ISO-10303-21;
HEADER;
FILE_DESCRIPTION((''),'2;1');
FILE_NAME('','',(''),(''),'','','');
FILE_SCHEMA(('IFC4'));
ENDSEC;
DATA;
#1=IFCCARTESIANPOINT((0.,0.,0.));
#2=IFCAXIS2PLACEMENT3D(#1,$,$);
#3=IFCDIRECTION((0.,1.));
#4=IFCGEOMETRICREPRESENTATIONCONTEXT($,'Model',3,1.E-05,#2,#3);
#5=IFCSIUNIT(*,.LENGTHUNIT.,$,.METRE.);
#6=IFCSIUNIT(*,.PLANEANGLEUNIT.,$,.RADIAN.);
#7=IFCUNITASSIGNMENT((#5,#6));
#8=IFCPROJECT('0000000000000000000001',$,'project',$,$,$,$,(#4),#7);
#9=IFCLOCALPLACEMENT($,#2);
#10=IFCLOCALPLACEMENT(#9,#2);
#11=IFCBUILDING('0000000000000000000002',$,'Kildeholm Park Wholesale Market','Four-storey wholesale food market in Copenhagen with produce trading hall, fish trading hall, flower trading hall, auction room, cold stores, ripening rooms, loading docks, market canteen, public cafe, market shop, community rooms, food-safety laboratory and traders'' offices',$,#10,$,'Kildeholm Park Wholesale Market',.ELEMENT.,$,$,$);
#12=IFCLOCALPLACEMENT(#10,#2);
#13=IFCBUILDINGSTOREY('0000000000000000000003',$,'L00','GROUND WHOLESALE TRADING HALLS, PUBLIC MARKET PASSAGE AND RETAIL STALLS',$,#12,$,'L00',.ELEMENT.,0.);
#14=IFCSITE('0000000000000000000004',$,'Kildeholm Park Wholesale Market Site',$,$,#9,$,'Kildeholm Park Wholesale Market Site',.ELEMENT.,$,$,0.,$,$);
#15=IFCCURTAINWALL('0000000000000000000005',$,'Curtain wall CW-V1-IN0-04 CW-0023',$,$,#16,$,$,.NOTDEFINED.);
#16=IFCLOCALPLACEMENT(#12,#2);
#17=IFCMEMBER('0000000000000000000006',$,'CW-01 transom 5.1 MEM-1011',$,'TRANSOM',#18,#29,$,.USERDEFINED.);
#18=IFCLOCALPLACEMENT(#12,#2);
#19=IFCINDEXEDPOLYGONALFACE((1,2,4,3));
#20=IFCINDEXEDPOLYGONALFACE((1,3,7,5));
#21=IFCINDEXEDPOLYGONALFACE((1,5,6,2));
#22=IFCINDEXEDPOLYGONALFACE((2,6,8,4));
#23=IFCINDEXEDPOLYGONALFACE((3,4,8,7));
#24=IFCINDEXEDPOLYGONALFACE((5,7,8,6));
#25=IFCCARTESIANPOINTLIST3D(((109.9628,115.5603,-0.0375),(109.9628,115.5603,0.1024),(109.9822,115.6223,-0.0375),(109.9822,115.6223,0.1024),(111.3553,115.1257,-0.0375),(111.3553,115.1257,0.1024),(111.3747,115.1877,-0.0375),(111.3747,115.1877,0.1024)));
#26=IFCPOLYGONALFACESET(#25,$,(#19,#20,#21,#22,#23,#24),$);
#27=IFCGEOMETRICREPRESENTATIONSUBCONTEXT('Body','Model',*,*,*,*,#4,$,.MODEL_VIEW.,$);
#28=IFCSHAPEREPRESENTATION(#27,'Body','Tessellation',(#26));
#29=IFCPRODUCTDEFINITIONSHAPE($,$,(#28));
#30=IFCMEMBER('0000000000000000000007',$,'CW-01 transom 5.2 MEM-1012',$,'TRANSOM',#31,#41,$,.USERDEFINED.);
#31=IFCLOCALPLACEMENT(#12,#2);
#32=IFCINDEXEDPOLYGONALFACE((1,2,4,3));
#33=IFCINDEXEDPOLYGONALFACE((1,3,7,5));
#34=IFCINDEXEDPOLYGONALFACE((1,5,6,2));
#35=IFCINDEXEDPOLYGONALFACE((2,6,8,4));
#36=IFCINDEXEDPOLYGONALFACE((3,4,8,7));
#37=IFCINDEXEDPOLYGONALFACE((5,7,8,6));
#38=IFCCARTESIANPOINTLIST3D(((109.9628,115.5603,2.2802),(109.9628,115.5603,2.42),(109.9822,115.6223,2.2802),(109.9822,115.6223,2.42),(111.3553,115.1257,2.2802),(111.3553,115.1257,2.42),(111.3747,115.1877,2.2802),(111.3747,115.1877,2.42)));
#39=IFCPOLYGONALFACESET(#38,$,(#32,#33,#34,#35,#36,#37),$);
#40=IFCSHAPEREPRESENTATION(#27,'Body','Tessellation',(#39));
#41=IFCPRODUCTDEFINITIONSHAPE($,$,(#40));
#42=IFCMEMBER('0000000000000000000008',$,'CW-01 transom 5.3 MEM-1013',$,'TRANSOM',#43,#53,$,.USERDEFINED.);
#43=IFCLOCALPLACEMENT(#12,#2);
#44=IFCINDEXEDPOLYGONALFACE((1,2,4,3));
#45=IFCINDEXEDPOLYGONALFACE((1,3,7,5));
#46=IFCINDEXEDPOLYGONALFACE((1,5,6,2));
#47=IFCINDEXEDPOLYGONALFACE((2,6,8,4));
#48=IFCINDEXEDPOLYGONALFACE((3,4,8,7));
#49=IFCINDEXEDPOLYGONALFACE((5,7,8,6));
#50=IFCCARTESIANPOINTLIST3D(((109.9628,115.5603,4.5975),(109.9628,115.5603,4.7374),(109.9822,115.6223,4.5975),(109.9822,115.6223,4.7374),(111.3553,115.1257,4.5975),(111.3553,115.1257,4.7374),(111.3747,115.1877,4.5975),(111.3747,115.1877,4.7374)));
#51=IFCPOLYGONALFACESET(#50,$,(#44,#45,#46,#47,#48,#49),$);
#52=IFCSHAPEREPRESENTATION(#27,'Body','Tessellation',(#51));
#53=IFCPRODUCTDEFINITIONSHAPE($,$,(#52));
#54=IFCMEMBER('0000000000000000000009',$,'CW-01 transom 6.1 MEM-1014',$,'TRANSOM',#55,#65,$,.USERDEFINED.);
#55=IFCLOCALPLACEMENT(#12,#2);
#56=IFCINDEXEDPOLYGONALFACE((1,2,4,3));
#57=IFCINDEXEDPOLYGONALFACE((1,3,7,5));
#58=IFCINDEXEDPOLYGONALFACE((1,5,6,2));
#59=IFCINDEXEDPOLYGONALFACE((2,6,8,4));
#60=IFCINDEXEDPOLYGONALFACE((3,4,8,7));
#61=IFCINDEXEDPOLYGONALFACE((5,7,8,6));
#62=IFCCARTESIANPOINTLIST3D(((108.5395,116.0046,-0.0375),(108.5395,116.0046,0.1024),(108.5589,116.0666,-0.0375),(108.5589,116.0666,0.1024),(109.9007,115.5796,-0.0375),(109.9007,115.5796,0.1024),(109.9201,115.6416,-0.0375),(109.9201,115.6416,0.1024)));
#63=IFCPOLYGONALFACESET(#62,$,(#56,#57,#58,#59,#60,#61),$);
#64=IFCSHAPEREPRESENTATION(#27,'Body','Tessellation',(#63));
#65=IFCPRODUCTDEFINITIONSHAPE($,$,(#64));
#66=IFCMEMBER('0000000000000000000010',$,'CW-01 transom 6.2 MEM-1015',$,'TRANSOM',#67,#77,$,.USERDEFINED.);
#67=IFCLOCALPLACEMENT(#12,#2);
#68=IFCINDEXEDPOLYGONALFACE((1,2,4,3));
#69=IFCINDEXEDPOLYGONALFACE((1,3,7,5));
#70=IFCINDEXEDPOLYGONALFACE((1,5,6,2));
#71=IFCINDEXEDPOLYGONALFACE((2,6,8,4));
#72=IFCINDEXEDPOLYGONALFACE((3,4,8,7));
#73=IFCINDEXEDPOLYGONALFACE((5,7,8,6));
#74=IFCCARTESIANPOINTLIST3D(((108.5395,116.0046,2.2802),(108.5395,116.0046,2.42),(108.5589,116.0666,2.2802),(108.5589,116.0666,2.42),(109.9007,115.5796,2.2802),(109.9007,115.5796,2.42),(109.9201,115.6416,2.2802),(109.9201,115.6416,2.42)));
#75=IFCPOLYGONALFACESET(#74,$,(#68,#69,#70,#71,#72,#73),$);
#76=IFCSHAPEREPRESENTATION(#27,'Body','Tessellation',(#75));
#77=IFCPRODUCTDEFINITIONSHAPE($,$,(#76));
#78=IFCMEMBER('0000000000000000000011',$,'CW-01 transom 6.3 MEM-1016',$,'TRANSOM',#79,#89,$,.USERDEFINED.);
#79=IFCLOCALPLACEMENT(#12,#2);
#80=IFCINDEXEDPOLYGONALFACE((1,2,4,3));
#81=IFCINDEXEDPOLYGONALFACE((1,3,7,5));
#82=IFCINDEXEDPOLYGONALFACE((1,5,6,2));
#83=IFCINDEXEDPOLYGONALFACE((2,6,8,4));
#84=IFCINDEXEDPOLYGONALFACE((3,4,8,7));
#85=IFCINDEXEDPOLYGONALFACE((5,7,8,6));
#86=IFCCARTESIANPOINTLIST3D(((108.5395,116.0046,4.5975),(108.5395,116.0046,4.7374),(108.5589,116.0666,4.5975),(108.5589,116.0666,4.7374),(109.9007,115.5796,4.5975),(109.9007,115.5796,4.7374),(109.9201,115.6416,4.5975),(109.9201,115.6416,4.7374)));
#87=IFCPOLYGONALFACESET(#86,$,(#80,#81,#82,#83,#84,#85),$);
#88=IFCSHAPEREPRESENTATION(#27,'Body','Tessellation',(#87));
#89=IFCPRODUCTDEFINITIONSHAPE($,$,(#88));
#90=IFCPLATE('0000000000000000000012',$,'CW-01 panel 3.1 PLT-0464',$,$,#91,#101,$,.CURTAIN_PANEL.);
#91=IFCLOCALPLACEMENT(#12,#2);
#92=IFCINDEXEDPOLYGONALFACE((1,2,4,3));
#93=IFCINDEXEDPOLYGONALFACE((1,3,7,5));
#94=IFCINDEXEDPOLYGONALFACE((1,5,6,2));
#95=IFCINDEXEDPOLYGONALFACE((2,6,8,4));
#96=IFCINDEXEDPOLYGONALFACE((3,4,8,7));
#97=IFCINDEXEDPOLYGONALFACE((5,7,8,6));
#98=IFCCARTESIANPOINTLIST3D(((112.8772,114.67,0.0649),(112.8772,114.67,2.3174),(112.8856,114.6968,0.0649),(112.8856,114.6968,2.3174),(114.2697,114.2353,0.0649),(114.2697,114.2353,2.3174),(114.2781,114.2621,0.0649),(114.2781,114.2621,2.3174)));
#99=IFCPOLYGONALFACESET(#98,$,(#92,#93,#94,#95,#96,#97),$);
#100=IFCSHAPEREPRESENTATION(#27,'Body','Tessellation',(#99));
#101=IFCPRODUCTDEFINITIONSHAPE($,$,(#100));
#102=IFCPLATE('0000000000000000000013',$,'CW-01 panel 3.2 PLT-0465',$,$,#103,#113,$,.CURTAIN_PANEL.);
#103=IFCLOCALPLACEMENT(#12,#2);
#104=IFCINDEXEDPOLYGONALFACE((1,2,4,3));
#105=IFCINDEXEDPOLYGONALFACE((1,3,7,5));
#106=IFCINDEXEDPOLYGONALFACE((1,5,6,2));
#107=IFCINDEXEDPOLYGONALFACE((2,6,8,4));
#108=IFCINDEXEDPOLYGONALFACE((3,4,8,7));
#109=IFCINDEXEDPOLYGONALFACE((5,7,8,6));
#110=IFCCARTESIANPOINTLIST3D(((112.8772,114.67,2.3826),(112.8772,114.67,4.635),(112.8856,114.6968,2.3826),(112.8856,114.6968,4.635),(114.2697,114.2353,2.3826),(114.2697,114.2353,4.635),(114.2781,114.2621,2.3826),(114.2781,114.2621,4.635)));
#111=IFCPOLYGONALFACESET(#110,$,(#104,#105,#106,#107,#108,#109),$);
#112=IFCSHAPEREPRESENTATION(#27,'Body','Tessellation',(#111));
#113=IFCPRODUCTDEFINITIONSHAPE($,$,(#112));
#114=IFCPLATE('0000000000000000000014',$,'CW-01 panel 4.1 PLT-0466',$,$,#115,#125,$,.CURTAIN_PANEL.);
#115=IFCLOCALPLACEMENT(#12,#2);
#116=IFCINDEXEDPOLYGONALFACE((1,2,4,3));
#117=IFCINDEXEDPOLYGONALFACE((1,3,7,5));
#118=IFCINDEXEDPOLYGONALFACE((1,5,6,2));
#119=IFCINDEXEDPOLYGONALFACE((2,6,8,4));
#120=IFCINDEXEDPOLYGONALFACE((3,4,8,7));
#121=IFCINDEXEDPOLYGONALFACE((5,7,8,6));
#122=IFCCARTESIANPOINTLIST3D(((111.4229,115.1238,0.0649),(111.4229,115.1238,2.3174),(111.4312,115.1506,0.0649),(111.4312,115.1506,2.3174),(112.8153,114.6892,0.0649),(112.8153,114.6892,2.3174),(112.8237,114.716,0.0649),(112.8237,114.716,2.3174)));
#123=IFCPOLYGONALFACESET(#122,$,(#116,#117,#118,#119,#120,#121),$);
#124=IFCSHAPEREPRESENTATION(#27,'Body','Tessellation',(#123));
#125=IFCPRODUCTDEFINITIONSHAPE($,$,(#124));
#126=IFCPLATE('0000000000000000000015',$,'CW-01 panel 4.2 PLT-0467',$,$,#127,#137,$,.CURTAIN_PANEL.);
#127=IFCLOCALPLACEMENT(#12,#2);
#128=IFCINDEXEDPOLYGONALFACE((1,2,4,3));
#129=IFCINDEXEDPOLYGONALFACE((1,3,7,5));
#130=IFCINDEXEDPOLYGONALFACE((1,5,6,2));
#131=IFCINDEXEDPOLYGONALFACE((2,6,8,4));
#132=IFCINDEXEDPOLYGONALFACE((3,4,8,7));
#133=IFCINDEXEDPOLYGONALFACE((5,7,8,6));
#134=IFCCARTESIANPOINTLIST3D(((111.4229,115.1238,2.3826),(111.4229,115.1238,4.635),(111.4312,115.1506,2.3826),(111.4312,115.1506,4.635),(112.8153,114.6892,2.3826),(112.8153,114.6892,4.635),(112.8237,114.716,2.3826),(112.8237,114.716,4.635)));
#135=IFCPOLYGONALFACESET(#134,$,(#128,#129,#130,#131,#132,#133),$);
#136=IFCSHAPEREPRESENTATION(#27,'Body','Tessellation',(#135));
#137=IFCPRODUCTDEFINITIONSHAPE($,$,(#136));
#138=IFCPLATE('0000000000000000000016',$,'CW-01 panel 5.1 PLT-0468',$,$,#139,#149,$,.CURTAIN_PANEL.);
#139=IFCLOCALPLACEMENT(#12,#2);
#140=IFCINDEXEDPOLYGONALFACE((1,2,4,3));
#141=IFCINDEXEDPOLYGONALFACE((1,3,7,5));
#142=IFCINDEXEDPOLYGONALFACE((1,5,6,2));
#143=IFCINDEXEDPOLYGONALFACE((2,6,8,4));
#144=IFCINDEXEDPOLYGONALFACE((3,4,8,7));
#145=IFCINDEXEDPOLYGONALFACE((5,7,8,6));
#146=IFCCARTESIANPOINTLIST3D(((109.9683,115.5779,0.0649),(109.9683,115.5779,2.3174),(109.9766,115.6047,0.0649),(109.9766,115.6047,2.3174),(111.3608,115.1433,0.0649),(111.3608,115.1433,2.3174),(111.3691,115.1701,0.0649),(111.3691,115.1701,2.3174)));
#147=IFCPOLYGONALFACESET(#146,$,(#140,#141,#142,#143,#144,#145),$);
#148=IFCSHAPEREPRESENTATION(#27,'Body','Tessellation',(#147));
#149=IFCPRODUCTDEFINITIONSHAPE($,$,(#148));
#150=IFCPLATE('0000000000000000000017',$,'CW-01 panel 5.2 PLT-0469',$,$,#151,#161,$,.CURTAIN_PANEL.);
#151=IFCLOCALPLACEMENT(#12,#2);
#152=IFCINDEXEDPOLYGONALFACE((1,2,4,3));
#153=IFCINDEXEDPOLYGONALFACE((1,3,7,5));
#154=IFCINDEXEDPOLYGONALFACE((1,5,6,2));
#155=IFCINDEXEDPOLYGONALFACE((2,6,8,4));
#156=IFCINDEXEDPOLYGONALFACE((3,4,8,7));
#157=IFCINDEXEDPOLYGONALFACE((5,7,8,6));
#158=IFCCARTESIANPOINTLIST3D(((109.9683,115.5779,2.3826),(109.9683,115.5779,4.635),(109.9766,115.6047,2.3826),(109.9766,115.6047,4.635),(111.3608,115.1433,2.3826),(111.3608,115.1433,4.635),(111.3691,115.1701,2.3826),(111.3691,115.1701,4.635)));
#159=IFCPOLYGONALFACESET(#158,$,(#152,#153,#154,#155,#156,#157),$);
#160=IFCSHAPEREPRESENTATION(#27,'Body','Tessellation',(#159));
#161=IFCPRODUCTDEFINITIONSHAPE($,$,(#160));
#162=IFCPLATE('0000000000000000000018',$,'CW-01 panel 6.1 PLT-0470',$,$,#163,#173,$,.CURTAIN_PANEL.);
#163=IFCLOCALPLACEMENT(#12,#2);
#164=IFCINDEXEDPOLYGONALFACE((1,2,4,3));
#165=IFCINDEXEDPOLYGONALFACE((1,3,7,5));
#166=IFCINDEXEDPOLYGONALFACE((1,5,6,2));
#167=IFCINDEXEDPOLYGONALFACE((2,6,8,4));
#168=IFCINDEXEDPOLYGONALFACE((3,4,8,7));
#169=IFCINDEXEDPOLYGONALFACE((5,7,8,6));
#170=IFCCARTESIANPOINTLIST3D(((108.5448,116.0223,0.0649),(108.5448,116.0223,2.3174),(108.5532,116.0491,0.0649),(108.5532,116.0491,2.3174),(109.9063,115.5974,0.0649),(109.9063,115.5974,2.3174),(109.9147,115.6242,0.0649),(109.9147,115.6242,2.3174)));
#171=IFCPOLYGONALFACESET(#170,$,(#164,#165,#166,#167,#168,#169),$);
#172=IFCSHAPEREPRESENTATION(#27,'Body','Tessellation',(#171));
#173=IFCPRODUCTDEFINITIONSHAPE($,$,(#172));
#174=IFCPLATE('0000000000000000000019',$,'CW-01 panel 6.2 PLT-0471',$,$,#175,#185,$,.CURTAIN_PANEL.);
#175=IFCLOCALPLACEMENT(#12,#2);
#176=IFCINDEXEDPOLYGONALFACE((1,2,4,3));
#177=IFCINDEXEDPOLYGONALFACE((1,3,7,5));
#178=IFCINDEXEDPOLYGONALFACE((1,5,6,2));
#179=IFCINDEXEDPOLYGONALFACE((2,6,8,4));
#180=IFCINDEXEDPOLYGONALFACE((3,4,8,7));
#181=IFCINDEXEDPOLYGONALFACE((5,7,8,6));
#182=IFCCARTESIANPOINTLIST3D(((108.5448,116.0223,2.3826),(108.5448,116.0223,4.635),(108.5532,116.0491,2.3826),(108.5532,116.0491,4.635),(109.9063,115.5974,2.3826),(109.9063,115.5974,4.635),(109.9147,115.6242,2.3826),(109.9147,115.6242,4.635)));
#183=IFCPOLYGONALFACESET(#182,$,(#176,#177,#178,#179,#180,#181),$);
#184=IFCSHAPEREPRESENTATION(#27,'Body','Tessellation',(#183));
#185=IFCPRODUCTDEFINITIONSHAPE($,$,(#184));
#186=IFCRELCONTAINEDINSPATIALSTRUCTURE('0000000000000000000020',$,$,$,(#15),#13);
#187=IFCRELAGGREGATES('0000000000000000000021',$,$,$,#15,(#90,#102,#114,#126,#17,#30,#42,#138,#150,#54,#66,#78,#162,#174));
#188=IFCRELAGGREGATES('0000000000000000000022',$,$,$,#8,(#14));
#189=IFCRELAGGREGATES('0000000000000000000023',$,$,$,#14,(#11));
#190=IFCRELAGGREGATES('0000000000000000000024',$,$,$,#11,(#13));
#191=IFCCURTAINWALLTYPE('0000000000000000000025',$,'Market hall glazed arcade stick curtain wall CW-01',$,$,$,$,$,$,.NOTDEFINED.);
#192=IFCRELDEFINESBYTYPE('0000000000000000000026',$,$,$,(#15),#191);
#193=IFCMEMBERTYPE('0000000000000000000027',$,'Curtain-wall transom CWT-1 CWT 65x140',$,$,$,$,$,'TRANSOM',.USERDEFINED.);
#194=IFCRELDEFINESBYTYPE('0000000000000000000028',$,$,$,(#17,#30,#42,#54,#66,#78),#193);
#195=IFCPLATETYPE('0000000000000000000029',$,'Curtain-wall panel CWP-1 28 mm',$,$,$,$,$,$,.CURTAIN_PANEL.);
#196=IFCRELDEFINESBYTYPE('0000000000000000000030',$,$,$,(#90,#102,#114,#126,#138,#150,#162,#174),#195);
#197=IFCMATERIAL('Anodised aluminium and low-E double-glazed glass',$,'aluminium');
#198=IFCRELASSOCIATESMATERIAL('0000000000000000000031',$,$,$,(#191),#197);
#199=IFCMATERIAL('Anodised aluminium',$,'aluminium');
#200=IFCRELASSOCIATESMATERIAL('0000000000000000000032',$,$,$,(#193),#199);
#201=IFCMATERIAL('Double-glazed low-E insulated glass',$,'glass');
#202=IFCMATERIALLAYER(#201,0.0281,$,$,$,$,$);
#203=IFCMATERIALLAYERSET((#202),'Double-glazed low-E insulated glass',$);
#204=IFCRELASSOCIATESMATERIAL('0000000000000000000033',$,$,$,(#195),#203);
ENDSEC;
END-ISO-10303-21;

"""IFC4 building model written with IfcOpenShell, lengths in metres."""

from ifc_helpers import new_model, si_unit, direction, frame, origin, origin_2d, place, context, subcontext, project, spatial, rectangle, extrude, material, layer, layer_set, material_profile, profile_set, type_object, element, aggregate, save


model = new_model("IFC4")

# Units and contexts
model_context = context("Model", 3, precision=1e-05, world=origin(), true_north=direction((0.0, 1.0)))
body_context = subcontext(model_context, "Body", "Model", "MODEL_VIEW")
ifc_project = project(units=[si_unit("LENGTHUNIT", "METRE"), si_unit("PLANEANGLEUNIT", "RADIAN")], contexts=[model_context])

# Site, building, storey
site_placement = place(None, origin())
site = spatial("IfcSite", under=ifc_project, at=site_placement, Name="Kildeholm Park Wholesale Market Site", LongName="Kildeholm Park Wholesale Market Site", CompositionType="ELEMENT", RefElevation=0.0)
building_placement = place(site_placement, origin())
building = spatial("IfcBuilding", under=site, at=building_placement, Name="Kildeholm Park Wholesale Market", Description="Four-storey wholesale food market in Copenhagen with produce trading hall, fish trading hall, flower trading hall, auction room, cold stores, ripening rooms, loading docks, market canteen, public cafe, market shop, community rooms, food-safety laboratory and traders' offices", LongName="Kildeholm Park Wholesale Market", CompositionType="ELEMENT")
storey_placement = place(building_placement, origin())
storey = spatial("IfcBuildingStorey", under=building, at=storey_placement, Name="L00", Description="GROUND WHOLESALE TRADING HALLS, PUBLIC MARKET PASSAGE AND RETAIL STALLS", LongName="L00", CompositionType="ELEMENT", Elevation=0.0)

# Curtain wall, members, plates
ifc_material_1 = material(Name="Anodised aluminium and low-E double-glazed glass", Category="aluminium")
curtain_wall_type = type_object("IfcCurtainWallType", Name="Market hall glazed arcade stick curtain wall CW-01", PredefinedType="NOTDEFINED", material=ifc_material_1)
curtain_wall_placement = place(storey_placement, origin())
curtain_wall = element("IfcCurtainWall", 1, at=curtain_wall_placement, inside=storey, type_object=curtain_wall_type, Name="Curtain wall CW-V1-IN0-04 CW-0023", PredefinedType="NOTDEFINED")
ifc_material_2 = material(Name="Anodised aluminium", Category="aluminium")
ifc_material_profile_1 = material_profile(ifc_material_2, rectangle(XDim=0.0649, YDim=0.1399, at=origin_2d()), Name="CWT 65x140")
ifc_profile_set_1 = profile_set([ifc_material_profile_1], Name="Anodised aluminium")
member_type_1 = type_object("IfcMemberType", Name="Curtain-wall transom CWT-1 CWT 65x140", ElementType="TRANSOM", PredefinedType="USERDEFINED", material=ifc_profile_set_1)
member_1_placement = place(storey_placement, frame((111.365, 115.1567, 0.0325), z_axis=(-0.954599, 0.297894, 0.0), x_axis=(-0.297894, -0.954599, 0.0)))
member_1 = element("IfcMember", 2, at=member_1_placement, type_object=member_type_1, Name="CW-01 transom 5.1 MEM-1011", ObjectType="TRANSOM", PredefinedType="USERDEFINED", context=body_context, shape_type="SweptSolid", body=[
    extrude(rectangle(XDim=0.0649, YDim=0.1399, at=origin_2d()), origin(), (0.0, 0.0, 1.0), 1.4587),
])
member_2_placement = place(storey_placement, frame((111.365, 115.1567, 2.3501), z_axis=(-0.954599, 0.297894, 0.0), x_axis=(-0.297894, -0.954599, 0.0)))
member_2 = element("IfcMember", 3, at=member_2_placement, type_object=member_type_1, Name="CW-01 transom 5.2 MEM-1012", ObjectType="TRANSOM", PredefinedType="USERDEFINED", context=body_context, shape_type="SweptSolid", body=[
    extrude(rectangle(XDim=0.0649, YDim=0.1399, at=origin_2d()), origin(), (0.0, 0.0, 1.0), 1.4587),
])
member_3_placement = place(storey_placement, frame((111.365, 115.1567, 4.6675), z_axis=(-0.954599, 0.297894, 0.0), x_axis=(-0.297894, -0.954599, 0.0)))
member_3 = element("IfcMember", 4, at=member_3_placement, type_object=member_type_1, Name="CW-01 transom 5.3 MEM-1013", ObjectType="TRANSOM", PredefinedType="USERDEFINED", context=body_context, shape_type="SweptSolid", body=[
    extrude(rectangle(XDim=0.0649, YDim=0.1399, at=origin_2d()), origin(), (0.0, 0.0, 1.0), 1.4587),
])
member_4_placement = place(storey_placement, frame((109.9104, 115.6106, 0.0325), z_axis=(-0.954553, 0.298041, 0.0), x_axis=(-0.298041, -0.954553, 0.0)))
member_4 = element("IfcMember", 5, at=member_4_placement, type_object=member_type_1, Name="CW-01 transom 6.1 MEM-1014", ObjectType="TRANSOM", PredefinedType="USERDEFINED", context=body_context, shape_type="SweptSolid", body=[
    extrude(rectangle(XDim=0.0649, YDim=0.1399, at=origin_2d()), origin(), (0.0, 0.0, 1.0), 1.426),
])
member_5_placement = place(storey_placement, frame((109.9104, 115.6106, 2.3501), z_axis=(-0.954553, 0.298041, 0.0), x_axis=(-0.298041, -0.954553, 0.0)))
member_5 = element("IfcMember", 6, at=member_5_placement, type_object=member_type_1, Name="CW-01 transom 6.2 MEM-1015", ObjectType="TRANSOM", PredefinedType="USERDEFINED", context=body_context, shape_type="SweptSolid", body=[
    extrude(rectangle(XDim=0.0649, YDim=0.1399, at=origin_2d()), origin(), (0.0, 0.0, 1.0), 1.426),
])
member_6_placement = place(storey_placement, frame((109.9104, 115.6106, 4.6675), z_axis=(-0.954553, 0.298041, 0.0), x_axis=(-0.298041, -0.954553, 0.0)))
member_6 = element("IfcMember", 7, at=member_6_placement, type_object=member_type_1, Name="CW-01 transom 6.3 MEM-1016", ObjectType="TRANSOM", PredefinedType="USERDEFINED", context=body_context, shape_type="SweptSolid", body=[
    extrude(rectangle(XDim=0.0649, YDim=0.1399, at=origin_2d()), origin(), (0.0, 0.0, 1.0), 1.426),
])
ifc_material_3 = material(Name="Double-glazed low-E insulated glass", Category="glass")
ifc_layer = layer(ifc_material_3, 0.0281)
ifc_layer_set = layer_set([ifc_layer], Name="Double-glazed low-E insulated glass")
plate_type = type_object("IfcPlateType", Name="Curtain-wall panel CWP-1 28 mm", PredefinedType="CURTAIN_PANEL", material=ifc_layer_set)
plate_1_placement = place(storey_placement, frame((113.5776, 114.4661, 0.0649), z_axis=(0.0, 0.0, 1.0), x_axis=(-0.954579, 0.297957, 0.0)))
plate_1 = element("IfcPlate", 8, at=plate_1_placement, type_object=plate_type, Name="CW-01 panel 3.1 PLT-0464", PredefinedType="CURTAIN_PANEL", context=body_context, shape_type="SweptSolid", body=[
    extrude(rectangle(XDim=1.4587, YDim=0.0281, at=origin_2d()), origin(), (0.0, 0.0, 1.0), 2.2524),
])
plate_2_placement = place(storey_placement, frame((113.5776, 114.4661, 2.3826), z_axis=(0.0, 0.0, 1.0), x_axis=(-0.954579, 0.297957, 0.0)))
plate_2 = element("IfcPlate", 9, at=plate_2_placement, type_object=plate_type, Name="CW-01 panel 3.2 PLT-0465", PredefinedType="CURTAIN_PANEL", context=body_context, shape_type="SweptSolid", body=[
    extrude(rectangle(XDim=1.4587, YDim=0.0281, at=origin_2d()), origin(), (0.0, 0.0, 1.0), 2.2524),
])
plate_3_placement = place(storey_placement, frame((112.1233, 114.9199, 0.0649), z_axis=(0.0, 0.0, 1.0), x_axis=(-0.954579, 0.297957, 0.0)))
plate_3 = element("IfcPlate", 10, at=plate_3_placement, type_object=plate_type, Name="CW-01 panel 4.1 PLT-0466", PredefinedType="CURTAIN_PANEL", context=body_context, shape_type="SweptSolid", body=[
    extrude(rectangle(XDim=1.4587, YDim=0.0281, at=origin_2d()), origin(), (0.0, 0.0, 1.0), 2.2524),
])
plate_4_placement = place(storey_placement, frame((112.1233, 114.9199, 2.3826), z_axis=(0.0, 0.0, 1.0), x_axis=(-0.954579, 0.297957, 0.0)))
plate_4 = element("IfcPlate", 11, at=plate_4_placement, type_object=plate_type, Name="CW-01 panel 4.2 PLT-0467", PredefinedType="CURTAIN_PANEL", context=body_context, shape_type="SweptSolid", body=[
    extrude(rectangle(XDim=1.4587, YDim=0.0281, at=origin_2d()), origin(), (0.0, 0.0, 1.0), 2.2524),
])
plate_5_placement = place(storey_placement, frame((110.6687, 115.374, 0.0649), z_axis=(0.0, 0.0, 1.0), x_axis=(-0.954579, 0.297957, 0.0)))
plate_5 = element("IfcPlate", 12, at=plate_5_placement, type_object=plate_type, Name="CW-01 panel 5.1 PLT-0468", PredefinedType="CURTAIN_PANEL", context=body_context, shape_type="SweptSolid", body=[
    extrude(rectangle(XDim=1.4587, YDim=0.0281, at=origin_2d()), origin(), (0.0, 0.0, 1.0), 2.2524),
])
plate_6_placement = place(storey_placement, frame((110.6687, 115.374, 2.3826), z_axis=(0.0, 0.0, 1.0), x_axis=(-0.954579, 0.297957, 0.0)))
plate_6 = element("IfcPlate", 13, at=plate_6_placement, type_object=plate_type, Name="CW-01 panel 5.2 PLT-0469", PredefinedType="CURTAIN_PANEL", context=body_context, shape_type="SweptSolid", body=[
    extrude(rectangle(XDim=1.4587, YDim=0.0281, at=origin_2d()), origin(), (0.0, 0.0, 1.0), 2.2524),
])
plate_7_placement = place(storey_placement, frame((109.2297, 115.8232, 0.0649), z_axis=(0.0, 0.0, 1.0), x_axis=(-0.954579, 0.297957, 0.0)))
plate_7 = element("IfcPlate", 14, at=plate_7_placement, type_object=plate_type, Name="CW-01 panel 6.1 PLT-0470", PredefinedType="CURTAIN_PANEL", context=body_context, shape_type="SweptSolid", body=[
    extrude(rectangle(XDim=1.4263, YDim=0.0281, at=origin_2d()), origin(), (0.0, 0.0, 1.0), 2.2524),
])
plate_8_placement = place(storey_placement, frame((109.2297, 115.8232, 2.3826), z_axis=(0.0, 0.0, 1.0), x_axis=(-0.954579, 0.297957, 0.0)))
plate_8 = element("IfcPlate", 15, at=plate_8_placement, type_object=plate_type, Name="CW-01 panel 6.2 PLT-0471", PredefinedType="CURTAIN_PANEL", context=body_context, shape_type="SweptSolid", body=[
    extrude(rectangle(XDim=1.4263, YDim=0.0281, at=origin_2d()), origin(), (0.0, 0.0, 1.0), 2.2524),
])
aggregate(curtain_wall, [plate_1, plate_2, plate_3, plate_4, member_1, member_2, member_3, plate_5, plate_6, member_4, member_5, member_6, plate_7, plate_8])

save(model, "model.ifc")
